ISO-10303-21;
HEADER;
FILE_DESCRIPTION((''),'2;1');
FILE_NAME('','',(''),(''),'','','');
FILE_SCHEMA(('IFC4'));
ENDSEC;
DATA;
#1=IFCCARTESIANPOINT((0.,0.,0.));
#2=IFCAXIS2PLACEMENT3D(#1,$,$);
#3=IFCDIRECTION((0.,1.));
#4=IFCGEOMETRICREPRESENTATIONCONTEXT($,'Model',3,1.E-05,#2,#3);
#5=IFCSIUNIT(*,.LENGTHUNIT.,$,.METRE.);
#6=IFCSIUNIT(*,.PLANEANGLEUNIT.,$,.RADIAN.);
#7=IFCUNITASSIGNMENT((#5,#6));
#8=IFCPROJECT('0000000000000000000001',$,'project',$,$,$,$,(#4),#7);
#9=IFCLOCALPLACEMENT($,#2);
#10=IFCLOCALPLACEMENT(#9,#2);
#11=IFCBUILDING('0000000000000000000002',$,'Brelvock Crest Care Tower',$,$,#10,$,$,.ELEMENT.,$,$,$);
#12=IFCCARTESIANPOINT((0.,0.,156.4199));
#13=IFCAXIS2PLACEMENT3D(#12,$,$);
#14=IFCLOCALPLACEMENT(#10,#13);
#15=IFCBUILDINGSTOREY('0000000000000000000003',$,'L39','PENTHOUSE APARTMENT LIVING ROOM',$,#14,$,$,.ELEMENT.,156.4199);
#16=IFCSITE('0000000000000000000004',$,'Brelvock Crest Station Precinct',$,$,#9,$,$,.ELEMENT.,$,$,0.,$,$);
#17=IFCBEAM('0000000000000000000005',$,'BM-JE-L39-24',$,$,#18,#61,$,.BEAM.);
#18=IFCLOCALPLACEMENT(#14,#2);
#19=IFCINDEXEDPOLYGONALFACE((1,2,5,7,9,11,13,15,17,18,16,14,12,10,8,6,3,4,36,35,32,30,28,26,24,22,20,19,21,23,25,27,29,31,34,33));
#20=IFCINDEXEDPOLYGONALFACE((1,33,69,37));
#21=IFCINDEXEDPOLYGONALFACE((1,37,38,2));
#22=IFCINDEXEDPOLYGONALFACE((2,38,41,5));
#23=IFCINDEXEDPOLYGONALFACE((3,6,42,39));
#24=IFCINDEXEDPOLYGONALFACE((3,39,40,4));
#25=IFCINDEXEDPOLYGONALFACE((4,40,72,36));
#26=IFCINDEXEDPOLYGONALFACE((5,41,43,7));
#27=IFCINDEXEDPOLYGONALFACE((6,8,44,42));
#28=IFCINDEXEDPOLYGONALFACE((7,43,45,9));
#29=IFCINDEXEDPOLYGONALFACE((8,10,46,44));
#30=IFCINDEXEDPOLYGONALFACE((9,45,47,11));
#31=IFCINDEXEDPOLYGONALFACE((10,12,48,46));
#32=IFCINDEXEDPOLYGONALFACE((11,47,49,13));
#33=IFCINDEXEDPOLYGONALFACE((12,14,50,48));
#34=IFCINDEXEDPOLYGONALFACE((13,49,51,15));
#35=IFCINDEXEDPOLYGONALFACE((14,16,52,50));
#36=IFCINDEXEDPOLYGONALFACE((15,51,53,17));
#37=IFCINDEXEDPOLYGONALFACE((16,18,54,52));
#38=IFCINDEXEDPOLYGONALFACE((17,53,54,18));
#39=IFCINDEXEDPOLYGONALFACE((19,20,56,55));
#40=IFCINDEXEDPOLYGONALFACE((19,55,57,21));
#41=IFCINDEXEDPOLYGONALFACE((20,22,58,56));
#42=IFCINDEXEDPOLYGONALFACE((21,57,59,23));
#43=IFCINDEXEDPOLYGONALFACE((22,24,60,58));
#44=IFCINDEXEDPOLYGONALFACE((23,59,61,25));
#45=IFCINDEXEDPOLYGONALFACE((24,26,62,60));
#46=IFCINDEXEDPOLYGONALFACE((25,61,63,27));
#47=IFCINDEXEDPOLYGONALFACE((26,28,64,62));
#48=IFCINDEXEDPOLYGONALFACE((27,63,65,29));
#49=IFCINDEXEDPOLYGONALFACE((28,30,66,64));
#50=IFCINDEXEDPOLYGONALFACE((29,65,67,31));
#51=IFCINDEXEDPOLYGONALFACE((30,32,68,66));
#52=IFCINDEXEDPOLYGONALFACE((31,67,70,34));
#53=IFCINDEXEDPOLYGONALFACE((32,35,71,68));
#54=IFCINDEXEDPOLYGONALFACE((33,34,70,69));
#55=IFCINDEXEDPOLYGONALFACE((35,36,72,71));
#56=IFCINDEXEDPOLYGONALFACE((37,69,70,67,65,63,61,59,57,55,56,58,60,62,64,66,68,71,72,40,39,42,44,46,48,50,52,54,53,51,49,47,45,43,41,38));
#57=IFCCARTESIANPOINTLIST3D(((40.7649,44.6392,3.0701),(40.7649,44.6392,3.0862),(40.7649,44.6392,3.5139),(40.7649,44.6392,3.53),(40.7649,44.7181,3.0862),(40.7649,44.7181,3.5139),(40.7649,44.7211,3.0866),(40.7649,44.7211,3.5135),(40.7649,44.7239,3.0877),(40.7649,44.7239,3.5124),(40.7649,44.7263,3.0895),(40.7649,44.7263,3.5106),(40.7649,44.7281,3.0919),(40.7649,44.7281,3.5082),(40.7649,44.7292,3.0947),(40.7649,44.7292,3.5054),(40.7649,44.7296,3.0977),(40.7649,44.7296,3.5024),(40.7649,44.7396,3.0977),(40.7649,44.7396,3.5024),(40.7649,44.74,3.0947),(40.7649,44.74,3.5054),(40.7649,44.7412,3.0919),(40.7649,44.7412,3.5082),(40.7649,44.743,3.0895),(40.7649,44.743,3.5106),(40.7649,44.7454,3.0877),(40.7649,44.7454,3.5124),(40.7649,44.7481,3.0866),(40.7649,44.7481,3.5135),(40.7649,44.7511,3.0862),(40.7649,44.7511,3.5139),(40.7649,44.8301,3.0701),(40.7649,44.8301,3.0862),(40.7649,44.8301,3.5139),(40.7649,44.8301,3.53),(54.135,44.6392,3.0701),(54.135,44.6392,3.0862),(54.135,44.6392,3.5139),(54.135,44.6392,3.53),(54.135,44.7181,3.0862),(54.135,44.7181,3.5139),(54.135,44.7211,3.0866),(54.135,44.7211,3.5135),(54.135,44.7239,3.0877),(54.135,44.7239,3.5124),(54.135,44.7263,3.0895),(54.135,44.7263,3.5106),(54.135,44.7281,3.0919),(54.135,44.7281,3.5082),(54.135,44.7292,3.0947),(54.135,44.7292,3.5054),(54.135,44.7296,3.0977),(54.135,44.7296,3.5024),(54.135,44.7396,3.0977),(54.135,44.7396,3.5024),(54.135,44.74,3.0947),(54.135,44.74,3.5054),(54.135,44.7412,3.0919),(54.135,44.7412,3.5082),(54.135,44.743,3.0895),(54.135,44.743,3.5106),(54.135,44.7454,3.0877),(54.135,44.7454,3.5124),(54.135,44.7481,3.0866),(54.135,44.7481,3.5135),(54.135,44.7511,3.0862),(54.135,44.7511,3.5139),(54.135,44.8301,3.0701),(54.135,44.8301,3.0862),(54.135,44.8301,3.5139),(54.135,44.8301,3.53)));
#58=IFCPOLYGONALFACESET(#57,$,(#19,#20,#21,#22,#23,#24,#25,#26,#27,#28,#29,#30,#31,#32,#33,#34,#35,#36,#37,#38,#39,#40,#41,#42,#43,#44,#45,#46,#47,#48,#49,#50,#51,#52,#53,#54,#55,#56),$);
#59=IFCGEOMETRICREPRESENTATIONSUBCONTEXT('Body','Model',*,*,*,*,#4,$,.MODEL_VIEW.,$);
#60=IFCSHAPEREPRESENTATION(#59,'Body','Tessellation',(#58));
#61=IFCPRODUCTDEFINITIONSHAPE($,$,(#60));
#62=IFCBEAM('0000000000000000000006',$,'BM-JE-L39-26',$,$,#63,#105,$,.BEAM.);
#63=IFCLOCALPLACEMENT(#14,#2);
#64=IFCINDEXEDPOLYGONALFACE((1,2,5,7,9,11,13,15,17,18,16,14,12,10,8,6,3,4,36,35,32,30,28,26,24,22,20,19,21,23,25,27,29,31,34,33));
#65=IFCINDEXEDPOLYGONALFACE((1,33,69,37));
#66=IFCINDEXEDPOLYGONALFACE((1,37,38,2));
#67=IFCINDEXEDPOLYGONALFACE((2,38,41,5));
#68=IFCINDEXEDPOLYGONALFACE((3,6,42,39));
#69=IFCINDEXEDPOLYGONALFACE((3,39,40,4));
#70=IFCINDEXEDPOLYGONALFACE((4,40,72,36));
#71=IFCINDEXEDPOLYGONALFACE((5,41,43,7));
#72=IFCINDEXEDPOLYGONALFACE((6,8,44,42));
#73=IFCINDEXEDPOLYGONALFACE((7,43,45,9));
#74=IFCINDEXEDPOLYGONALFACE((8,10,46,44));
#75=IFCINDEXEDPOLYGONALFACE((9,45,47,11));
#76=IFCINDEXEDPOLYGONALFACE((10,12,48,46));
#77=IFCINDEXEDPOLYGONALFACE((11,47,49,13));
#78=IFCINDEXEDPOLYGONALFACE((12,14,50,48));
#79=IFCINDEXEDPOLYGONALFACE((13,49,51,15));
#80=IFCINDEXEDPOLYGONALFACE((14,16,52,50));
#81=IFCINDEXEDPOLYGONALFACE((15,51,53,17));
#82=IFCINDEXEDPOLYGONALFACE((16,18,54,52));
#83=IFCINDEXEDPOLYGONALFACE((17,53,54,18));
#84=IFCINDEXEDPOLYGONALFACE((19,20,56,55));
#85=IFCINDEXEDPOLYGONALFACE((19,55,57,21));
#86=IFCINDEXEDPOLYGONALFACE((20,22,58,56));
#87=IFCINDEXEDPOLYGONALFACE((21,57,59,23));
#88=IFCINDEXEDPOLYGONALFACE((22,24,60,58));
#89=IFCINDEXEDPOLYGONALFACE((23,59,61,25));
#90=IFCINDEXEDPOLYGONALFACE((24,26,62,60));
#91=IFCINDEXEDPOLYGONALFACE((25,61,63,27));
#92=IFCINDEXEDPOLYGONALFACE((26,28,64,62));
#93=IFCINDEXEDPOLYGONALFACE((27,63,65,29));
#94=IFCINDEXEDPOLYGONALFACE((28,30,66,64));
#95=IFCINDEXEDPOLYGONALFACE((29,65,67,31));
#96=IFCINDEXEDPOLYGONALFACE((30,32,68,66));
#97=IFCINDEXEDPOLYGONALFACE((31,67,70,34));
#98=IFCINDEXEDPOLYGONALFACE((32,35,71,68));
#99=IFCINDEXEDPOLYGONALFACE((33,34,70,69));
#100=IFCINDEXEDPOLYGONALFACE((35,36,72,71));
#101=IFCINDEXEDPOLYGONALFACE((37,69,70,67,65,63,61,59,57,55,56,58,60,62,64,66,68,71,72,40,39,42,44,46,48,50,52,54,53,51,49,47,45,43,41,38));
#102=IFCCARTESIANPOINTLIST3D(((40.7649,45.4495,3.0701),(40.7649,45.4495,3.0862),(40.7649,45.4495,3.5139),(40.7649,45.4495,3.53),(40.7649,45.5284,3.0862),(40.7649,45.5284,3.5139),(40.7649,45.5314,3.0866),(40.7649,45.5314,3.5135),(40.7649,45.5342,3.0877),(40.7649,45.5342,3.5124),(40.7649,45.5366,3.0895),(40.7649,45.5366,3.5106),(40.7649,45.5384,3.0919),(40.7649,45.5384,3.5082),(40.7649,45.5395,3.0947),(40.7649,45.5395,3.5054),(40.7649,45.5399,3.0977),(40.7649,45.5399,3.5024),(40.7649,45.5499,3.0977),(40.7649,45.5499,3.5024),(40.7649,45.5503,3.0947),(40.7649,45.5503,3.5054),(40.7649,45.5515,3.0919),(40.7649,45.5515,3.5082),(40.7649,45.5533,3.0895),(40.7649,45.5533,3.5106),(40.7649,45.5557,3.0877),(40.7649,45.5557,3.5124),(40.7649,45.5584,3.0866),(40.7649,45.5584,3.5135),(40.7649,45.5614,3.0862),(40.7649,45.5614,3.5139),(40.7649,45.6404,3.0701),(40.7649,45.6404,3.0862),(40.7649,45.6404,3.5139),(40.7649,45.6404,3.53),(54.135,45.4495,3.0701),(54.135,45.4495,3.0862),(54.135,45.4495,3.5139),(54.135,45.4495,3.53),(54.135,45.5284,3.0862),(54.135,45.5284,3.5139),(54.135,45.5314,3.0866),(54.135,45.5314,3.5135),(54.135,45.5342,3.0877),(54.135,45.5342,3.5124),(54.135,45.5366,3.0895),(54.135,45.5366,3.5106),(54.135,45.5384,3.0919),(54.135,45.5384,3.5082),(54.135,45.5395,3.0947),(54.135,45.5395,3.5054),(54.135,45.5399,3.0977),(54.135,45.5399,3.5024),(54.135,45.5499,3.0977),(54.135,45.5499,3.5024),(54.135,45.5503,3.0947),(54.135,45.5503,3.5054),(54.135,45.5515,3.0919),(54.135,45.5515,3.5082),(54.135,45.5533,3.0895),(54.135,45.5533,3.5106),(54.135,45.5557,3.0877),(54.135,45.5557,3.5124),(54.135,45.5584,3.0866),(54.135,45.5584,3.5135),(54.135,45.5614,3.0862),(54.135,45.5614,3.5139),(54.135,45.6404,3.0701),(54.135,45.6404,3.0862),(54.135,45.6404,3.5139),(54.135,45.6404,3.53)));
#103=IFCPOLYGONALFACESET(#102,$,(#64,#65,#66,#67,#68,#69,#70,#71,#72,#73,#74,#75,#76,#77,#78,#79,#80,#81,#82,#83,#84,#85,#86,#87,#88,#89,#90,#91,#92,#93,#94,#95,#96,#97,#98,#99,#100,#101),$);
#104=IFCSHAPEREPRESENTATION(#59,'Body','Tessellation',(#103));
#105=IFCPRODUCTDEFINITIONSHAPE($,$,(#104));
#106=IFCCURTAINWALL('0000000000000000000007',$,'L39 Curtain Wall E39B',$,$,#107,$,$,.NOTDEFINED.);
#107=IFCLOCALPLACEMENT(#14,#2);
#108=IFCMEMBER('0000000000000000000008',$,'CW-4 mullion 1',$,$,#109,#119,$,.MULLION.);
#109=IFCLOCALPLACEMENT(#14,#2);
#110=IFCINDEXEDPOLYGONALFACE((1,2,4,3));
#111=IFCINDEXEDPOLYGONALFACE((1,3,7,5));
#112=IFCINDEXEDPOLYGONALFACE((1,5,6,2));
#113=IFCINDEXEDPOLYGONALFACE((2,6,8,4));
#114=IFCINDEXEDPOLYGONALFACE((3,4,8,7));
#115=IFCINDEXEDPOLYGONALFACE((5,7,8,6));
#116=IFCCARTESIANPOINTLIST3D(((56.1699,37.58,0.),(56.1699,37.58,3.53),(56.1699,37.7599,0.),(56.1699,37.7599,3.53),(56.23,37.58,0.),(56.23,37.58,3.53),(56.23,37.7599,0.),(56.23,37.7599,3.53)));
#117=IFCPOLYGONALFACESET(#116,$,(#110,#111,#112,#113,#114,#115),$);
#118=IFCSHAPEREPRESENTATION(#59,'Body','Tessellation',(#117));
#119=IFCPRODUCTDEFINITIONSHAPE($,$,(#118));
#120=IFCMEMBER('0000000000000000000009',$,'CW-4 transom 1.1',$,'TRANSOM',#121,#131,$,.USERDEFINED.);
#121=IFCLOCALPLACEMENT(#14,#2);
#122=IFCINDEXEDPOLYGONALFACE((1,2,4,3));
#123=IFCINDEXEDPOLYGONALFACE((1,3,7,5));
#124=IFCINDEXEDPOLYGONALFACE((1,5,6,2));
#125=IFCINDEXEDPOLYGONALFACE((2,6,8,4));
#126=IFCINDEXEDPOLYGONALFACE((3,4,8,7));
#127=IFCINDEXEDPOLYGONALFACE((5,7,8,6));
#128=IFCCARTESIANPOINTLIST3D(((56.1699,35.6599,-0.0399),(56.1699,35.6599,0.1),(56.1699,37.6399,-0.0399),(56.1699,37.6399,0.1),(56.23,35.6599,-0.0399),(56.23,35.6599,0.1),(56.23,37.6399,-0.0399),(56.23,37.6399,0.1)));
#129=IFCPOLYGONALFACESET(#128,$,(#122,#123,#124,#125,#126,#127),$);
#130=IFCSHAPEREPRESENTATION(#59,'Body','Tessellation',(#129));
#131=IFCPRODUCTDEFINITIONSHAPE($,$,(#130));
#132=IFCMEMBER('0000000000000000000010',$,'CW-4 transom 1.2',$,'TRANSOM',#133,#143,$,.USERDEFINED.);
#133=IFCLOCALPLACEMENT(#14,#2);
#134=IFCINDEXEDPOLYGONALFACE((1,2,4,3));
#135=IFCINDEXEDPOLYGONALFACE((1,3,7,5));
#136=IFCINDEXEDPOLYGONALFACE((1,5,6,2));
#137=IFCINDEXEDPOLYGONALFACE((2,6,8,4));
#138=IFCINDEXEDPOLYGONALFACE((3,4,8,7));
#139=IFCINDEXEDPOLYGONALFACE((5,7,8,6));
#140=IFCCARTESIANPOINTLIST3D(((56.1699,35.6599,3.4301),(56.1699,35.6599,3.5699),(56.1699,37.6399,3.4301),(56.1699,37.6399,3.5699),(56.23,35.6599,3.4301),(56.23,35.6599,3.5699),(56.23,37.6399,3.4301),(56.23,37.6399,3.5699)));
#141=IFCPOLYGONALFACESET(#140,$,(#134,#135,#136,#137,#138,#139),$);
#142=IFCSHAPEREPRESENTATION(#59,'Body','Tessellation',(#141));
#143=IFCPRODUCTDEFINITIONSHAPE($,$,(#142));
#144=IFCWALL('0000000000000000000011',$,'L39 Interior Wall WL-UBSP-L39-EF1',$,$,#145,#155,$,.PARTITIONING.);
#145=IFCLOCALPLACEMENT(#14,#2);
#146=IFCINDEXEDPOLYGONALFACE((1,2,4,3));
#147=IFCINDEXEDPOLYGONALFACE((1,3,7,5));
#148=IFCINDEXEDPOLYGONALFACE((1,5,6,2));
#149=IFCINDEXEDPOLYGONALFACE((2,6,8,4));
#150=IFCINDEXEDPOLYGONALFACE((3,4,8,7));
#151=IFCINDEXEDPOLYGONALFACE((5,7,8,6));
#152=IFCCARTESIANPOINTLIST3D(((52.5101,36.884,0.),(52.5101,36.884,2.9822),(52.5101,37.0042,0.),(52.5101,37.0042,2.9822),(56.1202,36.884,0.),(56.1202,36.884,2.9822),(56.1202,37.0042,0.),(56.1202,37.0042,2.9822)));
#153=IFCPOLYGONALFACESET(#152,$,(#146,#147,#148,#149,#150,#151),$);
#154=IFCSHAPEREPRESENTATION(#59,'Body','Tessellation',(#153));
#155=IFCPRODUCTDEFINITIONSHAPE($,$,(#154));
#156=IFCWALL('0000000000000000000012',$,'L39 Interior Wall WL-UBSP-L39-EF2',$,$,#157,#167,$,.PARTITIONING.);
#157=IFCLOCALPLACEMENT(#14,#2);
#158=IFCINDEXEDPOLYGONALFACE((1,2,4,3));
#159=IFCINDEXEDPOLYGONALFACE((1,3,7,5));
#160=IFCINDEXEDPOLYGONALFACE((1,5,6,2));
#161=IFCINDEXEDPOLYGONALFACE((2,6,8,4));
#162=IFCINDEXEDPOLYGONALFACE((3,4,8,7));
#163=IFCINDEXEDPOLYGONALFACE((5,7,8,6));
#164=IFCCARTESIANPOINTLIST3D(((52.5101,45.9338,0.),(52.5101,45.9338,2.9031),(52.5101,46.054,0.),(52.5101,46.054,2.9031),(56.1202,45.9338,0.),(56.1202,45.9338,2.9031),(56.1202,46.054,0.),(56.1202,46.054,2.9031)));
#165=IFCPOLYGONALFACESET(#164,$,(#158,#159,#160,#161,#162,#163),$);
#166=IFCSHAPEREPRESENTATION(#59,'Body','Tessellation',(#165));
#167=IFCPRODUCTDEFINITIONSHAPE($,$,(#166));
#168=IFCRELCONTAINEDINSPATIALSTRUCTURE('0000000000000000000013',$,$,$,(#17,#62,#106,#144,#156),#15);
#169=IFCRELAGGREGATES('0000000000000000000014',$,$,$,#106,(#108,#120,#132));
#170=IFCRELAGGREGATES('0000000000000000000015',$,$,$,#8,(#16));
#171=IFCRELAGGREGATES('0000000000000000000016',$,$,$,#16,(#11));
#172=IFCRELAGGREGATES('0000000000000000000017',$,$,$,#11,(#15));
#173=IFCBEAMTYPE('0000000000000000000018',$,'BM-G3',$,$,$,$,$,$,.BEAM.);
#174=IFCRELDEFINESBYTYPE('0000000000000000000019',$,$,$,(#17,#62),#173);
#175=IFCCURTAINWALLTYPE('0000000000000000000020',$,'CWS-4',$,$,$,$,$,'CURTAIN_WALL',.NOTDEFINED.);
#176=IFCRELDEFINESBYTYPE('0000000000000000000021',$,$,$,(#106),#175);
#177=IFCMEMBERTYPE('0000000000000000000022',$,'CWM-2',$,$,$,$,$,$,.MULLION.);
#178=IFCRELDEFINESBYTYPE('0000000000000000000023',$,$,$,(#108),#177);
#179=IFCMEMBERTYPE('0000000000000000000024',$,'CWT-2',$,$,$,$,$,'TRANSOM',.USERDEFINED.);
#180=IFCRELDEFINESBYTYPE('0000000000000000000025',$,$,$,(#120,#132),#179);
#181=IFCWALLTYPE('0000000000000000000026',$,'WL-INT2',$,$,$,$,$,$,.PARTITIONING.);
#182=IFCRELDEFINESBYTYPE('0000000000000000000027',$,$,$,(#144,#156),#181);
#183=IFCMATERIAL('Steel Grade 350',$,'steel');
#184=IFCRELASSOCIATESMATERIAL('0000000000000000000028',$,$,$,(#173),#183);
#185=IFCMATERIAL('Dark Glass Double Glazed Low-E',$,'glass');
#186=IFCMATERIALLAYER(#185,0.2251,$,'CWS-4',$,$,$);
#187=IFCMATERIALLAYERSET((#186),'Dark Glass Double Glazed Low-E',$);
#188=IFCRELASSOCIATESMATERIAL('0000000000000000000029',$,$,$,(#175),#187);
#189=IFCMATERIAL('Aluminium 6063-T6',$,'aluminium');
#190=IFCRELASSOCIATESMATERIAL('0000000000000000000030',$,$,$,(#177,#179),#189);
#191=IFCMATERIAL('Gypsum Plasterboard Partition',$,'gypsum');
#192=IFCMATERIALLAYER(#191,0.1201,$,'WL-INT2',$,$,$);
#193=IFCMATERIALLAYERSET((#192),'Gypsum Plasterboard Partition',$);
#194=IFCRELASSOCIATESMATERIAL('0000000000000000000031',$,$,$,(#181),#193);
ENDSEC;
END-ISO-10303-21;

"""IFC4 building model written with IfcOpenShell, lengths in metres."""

from ifc_helpers import new_model, si_unit, direction, frame, frame_2d, origin, origin_2d, place, context, subcontext, project, spatial, rectangle, i_section, extrude, source, transform, mapped, material, layer, layer_set, material_profile, profile_set, type_object, element, aggregate, save


model = new_model("IFC4")

# Units and contexts
model_context = context("Model", 3, precision=1e-05, world=origin(), true_north=direction((0.0, 1.0)))
body_context = subcontext(model_context, "Body", "Model", "MODEL_VIEW")
ifc_project = project(units=[si_unit("LENGTHUNIT", "METRE"), si_unit("PLANEANGLEUNIT", "RADIAN")], contexts=[model_context])

# Site, building, storey
site_placement = place(None, origin())
site = spatial("IfcSite", under=ifc_project, at=site_placement, Name="Brelvock Crest Station Precinct", CompositionType="ELEMENT", RefElevation=0.0)
building_placement = place(site_placement, origin())
building = spatial("IfcBuilding", under=site, at=building_placement, Name="Brelvock Crest Care Tower", CompositionType="ELEMENT")
storey_placement = place(building_placement, frame((0.0, 0.0, 156.4199)))
storey = spatial("IfcBuildingStorey", under=building, at=storey_placement, Name="L39", Description="PENTHOUSE APARTMENT LIVING ROOM", CompositionType="ELEMENT", Elevation=156.4199)

# Shared definitions
ifc_material_1 = material(Name="Steel Grade 350", Category="steel")

# Beams
ifc_material_profile_1 = material_profile(ifc_material_1, i_section(OverallWidth=0.1909, OverallDepth=0.46, WebThickness=0.01, FlangeThickness=0.0161, FilletRadius=0.0115, at=origin_2d()), Name="460UB82.1")
ifc_profile_set_1 = profile_set([ifc_material_profile_1], Name="Steel Grade 350")
beam_type_1 = type_object("IfcBeamType", Name="BM-G3", PredefinedType="BEAM", material=ifc_profile_set_1)
shared_shape_1 = source(origin(), body_context, "Body", "SweptSolid", [
    extrude(i_section(OverallWidth=0.1909, OverallDepth=0.46, WebThickness=0.01, FlangeThickness=0.0161, FilletRadius=0.0115, at=origin_2d()), origin(), (0.0, 0.0, 1.0), 13.3701),
])
for number, where, z_axis, x_axis, name in (
    (1, (40.7649, 44.7346, 3.3), (1.0, 0.0, 0.0), (0.0, 1.0, 0.0), "BM-JE-L39-24"),
    (2, (40.7649, 45.5449, 3.3), (1.0, 0.0, 0.0), (0.0, 1.0, 0.0), "BM-JE-L39-26"),
):
    element("IfcBeam", number, at=place(storey_placement, frame(where, z_axis=z_axis, x_axis=x_axis)), inside=storey, type_object=beam_type_1, Name=name, PredefinedType="BEAM", context=body_context, shape_type="MappedRepresentation", body=[
        mapped(shared_shape_1, transform((0.0, 0.0, 0.0), x_axis=(1.0, 0.0, 0.0), y_axis=(0.0, 1.0, 0.0), z_axis=(0.0, 0.0, 1.0), scale=1.0)),
    ])

# Curtain wall, members
ifc_material_2 = material(Name="Dark Glass Double Glazed Low-E", Category="glass")
ifc_layer_1 = layer(ifc_material_2, 0.2251, Name="CWS-4")
ifc_layer_set_1 = layer_set([ifc_layer_1], Name="Dark Glass Double Glazed Low-E")
curtain_wall_type = type_object("IfcCurtainWallType", Name="CWS-4", ElementType="CURTAIN_WALL", PredefinedType="NOTDEFINED", material=ifc_layer_set_1)
curtain_wall_placement = place(storey_placement, origin())
curtain_wall = element("IfcCurtainWall", 3, at=curtain_wall_placement, inside=storey, type_object=curtain_wall_type, Name="L39 Curtain Wall E39B", PredefinedType="NOTDEFINED")
ifc_material_3 = material(Name="Aluminium 6063-T6", Category="aluminium")
ifc_material_profile_2 = material_profile(ifc_material_3, rectangle(XDim=0.0601, YDim=0.1799, at=origin_2d()), Name="ALU60x180")
ifc_profile_set_2 = profile_set([ifc_material_profile_2], Name="Aluminium 6063-T6")
member_type_1 = type_object("IfcMemberType", Name="CWM-2", PredefinedType="MULLION", material=ifc_profile_set_2)
shared_shape_2 = source(origin(), body_context, "Body", "SweptSolid", [
    extrude(rectangle(XDim=0.0601, YDim=0.1799, at=origin_2d()), origin(), (0.0, 0.0, 1.0), 3.53),
])
member_1_placement = place(storey_placement, frame((56.2, 37.6699, 0.0), z_axis=(0.0, 0.0, 1.0), x_axis=(1.0, 0.0, 0.0)))
member_1 = element("IfcMember", 4, at=member_1_placement, type_object=member_type_1, Name="CW-4 mullion 1", PredefinedType="MULLION", context=body_context, shape_type="MappedRepresentation", body=[
    mapped(shared_shape_2, transform((0.0, 0.0, 0.0), x_axis=(1.0, 0.0, 0.0), y_axis=(0.0, 1.0, 0.0), z_axis=(0.0, 0.0, 1.0), scale=1.0)),
])
ifc_material_profile_3 = material_profile(ifc_material_3, rectangle(XDim=0.0601, YDim=0.1399, at=origin_2d()), Name="ALU60x140")
ifc_profile_set_3 = profile_set([ifc_material_profile_3], Name="Aluminium 6063-T6")
member_type_2 = type_object("IfcMemberType", Name="CWT-2", ElementType="TRANSOM", PredefinedType="USERDEFINED", material=ifc_profile_set_3)
shared_shape_3 = source(origin(), body_context, "Body", "SweptSolid", [
    extrude(rectangle(XDim=0.0601, YDim=0.1399, at=origin_2d()), origin(), (0.0, 0.0, 1.0), 1.98),
])
member_2_placement = place(storey_placement, frame((56.2, 37.6399, 0.03), z_axis=(0.0, -1.0, 0.0), x_axis=(1.0, 0.0, 0.0)))
member_2 = element("IfcMember", 5, at=member_2_placement, type_object=member_type_2, Name="CW-4 transom 1.1", ObjectType="TRANSOM", PredefinedType="USERDEFINED", context=body_context, shape_type="MappedRepresentation", body=[
    mapped(shared_shape_3, transform((0.0, 0.0, 0.0), x_axis=(1.0, 0.0, 0.0), y_axis=(0.0, 1.0, 0.0), z_axis=(0.0, 0.0, 1.0), scale=1.0)),
])
member_3_placement = place(storey_placement, frame((56.2, 37.6399, 3.5), z_axis=(0.0, -1.0, 0.0), x_axis=(1.0, 0.0, 0.0)))
member_3 = element("IfcMember", 6, at=member_3_placement, type_object=member_type_2, Name="CW-4 transom 1.2", ObjectType="TRANSOM", PredefinedType="USERDEFINED", context=body_context, shape_type="MappedRepresentation", body=[
    mapped(shared_shape_3, transform((0.0, 0.0, 0.0), x_axis=(1.0, 0.0, 0.0), y_axis=(0.0, 1.0, 0.0), z_axis=(0.0, 0.0, 1.0), scale=1.0)),
])
aggregate(curtain_wall, [member_1, member_2, member_3])

# Walls
ifc_material_4 = material(Name="Gypsum Plasterboard Partition", Category="gypsum")
ifc_layer_2 = layer(ifc_material_4, 0.1201, Name="WL-INT2")
ifc_layer_set_2 = layer_set([ifc_layer_2], Name="Gypsum Plasterboard Partition")
wall_type = type_object("IfcWallType", Name="WL-INT2", PredefinedType="PARTITIONING", material=ifc_layer_set_2)
wall_1_placement = place(storey_placement, frame((52.51, 36.9441, 0.0), z_axis=(0.0, 0.0, 1.0), x_axis=(1.0, 0.0, 0.0)))
element("IfcWall", 7, at=wall_1_placement, inside=storey, type_object=wall_type, Name="L39 Interior Wall WL-UBSP-L39-EF1", PredefinedType="PARTITIONING", context=body_context, shape_type="SweptSolid", body=[
    extrude(rectangle(XDim=3.6101, YDim=0.1201, at=frame_2d((1.8052, 0.0))), origin(), (0.0, 0.0, 1.0), 2.9822),
])
wall_2_placement = place(storey_placement, frame((52.51, 45.9939, 0.0), z_axis=(0.0, 0.0, 1.0), x_axis=(1.0, 0.0, 0.0)))
element("IfcWall", 8, at=wall_2_placement, inside=storey, type_object=wall_type, Name="L39 Interior Wall WL-UBSP-L39-EF2", PredefinedType="PARTITIONING", context=body_context, shape_type="SweptSolid", body=[
    extrude(rectangle(XDim=3.6101, YDim=0.1201, at=frame_2d((1.8052, 0.0))), origin(), (0.0, 0.0, 1.0), 2.9031),
])

save(model, "model.ifc")
